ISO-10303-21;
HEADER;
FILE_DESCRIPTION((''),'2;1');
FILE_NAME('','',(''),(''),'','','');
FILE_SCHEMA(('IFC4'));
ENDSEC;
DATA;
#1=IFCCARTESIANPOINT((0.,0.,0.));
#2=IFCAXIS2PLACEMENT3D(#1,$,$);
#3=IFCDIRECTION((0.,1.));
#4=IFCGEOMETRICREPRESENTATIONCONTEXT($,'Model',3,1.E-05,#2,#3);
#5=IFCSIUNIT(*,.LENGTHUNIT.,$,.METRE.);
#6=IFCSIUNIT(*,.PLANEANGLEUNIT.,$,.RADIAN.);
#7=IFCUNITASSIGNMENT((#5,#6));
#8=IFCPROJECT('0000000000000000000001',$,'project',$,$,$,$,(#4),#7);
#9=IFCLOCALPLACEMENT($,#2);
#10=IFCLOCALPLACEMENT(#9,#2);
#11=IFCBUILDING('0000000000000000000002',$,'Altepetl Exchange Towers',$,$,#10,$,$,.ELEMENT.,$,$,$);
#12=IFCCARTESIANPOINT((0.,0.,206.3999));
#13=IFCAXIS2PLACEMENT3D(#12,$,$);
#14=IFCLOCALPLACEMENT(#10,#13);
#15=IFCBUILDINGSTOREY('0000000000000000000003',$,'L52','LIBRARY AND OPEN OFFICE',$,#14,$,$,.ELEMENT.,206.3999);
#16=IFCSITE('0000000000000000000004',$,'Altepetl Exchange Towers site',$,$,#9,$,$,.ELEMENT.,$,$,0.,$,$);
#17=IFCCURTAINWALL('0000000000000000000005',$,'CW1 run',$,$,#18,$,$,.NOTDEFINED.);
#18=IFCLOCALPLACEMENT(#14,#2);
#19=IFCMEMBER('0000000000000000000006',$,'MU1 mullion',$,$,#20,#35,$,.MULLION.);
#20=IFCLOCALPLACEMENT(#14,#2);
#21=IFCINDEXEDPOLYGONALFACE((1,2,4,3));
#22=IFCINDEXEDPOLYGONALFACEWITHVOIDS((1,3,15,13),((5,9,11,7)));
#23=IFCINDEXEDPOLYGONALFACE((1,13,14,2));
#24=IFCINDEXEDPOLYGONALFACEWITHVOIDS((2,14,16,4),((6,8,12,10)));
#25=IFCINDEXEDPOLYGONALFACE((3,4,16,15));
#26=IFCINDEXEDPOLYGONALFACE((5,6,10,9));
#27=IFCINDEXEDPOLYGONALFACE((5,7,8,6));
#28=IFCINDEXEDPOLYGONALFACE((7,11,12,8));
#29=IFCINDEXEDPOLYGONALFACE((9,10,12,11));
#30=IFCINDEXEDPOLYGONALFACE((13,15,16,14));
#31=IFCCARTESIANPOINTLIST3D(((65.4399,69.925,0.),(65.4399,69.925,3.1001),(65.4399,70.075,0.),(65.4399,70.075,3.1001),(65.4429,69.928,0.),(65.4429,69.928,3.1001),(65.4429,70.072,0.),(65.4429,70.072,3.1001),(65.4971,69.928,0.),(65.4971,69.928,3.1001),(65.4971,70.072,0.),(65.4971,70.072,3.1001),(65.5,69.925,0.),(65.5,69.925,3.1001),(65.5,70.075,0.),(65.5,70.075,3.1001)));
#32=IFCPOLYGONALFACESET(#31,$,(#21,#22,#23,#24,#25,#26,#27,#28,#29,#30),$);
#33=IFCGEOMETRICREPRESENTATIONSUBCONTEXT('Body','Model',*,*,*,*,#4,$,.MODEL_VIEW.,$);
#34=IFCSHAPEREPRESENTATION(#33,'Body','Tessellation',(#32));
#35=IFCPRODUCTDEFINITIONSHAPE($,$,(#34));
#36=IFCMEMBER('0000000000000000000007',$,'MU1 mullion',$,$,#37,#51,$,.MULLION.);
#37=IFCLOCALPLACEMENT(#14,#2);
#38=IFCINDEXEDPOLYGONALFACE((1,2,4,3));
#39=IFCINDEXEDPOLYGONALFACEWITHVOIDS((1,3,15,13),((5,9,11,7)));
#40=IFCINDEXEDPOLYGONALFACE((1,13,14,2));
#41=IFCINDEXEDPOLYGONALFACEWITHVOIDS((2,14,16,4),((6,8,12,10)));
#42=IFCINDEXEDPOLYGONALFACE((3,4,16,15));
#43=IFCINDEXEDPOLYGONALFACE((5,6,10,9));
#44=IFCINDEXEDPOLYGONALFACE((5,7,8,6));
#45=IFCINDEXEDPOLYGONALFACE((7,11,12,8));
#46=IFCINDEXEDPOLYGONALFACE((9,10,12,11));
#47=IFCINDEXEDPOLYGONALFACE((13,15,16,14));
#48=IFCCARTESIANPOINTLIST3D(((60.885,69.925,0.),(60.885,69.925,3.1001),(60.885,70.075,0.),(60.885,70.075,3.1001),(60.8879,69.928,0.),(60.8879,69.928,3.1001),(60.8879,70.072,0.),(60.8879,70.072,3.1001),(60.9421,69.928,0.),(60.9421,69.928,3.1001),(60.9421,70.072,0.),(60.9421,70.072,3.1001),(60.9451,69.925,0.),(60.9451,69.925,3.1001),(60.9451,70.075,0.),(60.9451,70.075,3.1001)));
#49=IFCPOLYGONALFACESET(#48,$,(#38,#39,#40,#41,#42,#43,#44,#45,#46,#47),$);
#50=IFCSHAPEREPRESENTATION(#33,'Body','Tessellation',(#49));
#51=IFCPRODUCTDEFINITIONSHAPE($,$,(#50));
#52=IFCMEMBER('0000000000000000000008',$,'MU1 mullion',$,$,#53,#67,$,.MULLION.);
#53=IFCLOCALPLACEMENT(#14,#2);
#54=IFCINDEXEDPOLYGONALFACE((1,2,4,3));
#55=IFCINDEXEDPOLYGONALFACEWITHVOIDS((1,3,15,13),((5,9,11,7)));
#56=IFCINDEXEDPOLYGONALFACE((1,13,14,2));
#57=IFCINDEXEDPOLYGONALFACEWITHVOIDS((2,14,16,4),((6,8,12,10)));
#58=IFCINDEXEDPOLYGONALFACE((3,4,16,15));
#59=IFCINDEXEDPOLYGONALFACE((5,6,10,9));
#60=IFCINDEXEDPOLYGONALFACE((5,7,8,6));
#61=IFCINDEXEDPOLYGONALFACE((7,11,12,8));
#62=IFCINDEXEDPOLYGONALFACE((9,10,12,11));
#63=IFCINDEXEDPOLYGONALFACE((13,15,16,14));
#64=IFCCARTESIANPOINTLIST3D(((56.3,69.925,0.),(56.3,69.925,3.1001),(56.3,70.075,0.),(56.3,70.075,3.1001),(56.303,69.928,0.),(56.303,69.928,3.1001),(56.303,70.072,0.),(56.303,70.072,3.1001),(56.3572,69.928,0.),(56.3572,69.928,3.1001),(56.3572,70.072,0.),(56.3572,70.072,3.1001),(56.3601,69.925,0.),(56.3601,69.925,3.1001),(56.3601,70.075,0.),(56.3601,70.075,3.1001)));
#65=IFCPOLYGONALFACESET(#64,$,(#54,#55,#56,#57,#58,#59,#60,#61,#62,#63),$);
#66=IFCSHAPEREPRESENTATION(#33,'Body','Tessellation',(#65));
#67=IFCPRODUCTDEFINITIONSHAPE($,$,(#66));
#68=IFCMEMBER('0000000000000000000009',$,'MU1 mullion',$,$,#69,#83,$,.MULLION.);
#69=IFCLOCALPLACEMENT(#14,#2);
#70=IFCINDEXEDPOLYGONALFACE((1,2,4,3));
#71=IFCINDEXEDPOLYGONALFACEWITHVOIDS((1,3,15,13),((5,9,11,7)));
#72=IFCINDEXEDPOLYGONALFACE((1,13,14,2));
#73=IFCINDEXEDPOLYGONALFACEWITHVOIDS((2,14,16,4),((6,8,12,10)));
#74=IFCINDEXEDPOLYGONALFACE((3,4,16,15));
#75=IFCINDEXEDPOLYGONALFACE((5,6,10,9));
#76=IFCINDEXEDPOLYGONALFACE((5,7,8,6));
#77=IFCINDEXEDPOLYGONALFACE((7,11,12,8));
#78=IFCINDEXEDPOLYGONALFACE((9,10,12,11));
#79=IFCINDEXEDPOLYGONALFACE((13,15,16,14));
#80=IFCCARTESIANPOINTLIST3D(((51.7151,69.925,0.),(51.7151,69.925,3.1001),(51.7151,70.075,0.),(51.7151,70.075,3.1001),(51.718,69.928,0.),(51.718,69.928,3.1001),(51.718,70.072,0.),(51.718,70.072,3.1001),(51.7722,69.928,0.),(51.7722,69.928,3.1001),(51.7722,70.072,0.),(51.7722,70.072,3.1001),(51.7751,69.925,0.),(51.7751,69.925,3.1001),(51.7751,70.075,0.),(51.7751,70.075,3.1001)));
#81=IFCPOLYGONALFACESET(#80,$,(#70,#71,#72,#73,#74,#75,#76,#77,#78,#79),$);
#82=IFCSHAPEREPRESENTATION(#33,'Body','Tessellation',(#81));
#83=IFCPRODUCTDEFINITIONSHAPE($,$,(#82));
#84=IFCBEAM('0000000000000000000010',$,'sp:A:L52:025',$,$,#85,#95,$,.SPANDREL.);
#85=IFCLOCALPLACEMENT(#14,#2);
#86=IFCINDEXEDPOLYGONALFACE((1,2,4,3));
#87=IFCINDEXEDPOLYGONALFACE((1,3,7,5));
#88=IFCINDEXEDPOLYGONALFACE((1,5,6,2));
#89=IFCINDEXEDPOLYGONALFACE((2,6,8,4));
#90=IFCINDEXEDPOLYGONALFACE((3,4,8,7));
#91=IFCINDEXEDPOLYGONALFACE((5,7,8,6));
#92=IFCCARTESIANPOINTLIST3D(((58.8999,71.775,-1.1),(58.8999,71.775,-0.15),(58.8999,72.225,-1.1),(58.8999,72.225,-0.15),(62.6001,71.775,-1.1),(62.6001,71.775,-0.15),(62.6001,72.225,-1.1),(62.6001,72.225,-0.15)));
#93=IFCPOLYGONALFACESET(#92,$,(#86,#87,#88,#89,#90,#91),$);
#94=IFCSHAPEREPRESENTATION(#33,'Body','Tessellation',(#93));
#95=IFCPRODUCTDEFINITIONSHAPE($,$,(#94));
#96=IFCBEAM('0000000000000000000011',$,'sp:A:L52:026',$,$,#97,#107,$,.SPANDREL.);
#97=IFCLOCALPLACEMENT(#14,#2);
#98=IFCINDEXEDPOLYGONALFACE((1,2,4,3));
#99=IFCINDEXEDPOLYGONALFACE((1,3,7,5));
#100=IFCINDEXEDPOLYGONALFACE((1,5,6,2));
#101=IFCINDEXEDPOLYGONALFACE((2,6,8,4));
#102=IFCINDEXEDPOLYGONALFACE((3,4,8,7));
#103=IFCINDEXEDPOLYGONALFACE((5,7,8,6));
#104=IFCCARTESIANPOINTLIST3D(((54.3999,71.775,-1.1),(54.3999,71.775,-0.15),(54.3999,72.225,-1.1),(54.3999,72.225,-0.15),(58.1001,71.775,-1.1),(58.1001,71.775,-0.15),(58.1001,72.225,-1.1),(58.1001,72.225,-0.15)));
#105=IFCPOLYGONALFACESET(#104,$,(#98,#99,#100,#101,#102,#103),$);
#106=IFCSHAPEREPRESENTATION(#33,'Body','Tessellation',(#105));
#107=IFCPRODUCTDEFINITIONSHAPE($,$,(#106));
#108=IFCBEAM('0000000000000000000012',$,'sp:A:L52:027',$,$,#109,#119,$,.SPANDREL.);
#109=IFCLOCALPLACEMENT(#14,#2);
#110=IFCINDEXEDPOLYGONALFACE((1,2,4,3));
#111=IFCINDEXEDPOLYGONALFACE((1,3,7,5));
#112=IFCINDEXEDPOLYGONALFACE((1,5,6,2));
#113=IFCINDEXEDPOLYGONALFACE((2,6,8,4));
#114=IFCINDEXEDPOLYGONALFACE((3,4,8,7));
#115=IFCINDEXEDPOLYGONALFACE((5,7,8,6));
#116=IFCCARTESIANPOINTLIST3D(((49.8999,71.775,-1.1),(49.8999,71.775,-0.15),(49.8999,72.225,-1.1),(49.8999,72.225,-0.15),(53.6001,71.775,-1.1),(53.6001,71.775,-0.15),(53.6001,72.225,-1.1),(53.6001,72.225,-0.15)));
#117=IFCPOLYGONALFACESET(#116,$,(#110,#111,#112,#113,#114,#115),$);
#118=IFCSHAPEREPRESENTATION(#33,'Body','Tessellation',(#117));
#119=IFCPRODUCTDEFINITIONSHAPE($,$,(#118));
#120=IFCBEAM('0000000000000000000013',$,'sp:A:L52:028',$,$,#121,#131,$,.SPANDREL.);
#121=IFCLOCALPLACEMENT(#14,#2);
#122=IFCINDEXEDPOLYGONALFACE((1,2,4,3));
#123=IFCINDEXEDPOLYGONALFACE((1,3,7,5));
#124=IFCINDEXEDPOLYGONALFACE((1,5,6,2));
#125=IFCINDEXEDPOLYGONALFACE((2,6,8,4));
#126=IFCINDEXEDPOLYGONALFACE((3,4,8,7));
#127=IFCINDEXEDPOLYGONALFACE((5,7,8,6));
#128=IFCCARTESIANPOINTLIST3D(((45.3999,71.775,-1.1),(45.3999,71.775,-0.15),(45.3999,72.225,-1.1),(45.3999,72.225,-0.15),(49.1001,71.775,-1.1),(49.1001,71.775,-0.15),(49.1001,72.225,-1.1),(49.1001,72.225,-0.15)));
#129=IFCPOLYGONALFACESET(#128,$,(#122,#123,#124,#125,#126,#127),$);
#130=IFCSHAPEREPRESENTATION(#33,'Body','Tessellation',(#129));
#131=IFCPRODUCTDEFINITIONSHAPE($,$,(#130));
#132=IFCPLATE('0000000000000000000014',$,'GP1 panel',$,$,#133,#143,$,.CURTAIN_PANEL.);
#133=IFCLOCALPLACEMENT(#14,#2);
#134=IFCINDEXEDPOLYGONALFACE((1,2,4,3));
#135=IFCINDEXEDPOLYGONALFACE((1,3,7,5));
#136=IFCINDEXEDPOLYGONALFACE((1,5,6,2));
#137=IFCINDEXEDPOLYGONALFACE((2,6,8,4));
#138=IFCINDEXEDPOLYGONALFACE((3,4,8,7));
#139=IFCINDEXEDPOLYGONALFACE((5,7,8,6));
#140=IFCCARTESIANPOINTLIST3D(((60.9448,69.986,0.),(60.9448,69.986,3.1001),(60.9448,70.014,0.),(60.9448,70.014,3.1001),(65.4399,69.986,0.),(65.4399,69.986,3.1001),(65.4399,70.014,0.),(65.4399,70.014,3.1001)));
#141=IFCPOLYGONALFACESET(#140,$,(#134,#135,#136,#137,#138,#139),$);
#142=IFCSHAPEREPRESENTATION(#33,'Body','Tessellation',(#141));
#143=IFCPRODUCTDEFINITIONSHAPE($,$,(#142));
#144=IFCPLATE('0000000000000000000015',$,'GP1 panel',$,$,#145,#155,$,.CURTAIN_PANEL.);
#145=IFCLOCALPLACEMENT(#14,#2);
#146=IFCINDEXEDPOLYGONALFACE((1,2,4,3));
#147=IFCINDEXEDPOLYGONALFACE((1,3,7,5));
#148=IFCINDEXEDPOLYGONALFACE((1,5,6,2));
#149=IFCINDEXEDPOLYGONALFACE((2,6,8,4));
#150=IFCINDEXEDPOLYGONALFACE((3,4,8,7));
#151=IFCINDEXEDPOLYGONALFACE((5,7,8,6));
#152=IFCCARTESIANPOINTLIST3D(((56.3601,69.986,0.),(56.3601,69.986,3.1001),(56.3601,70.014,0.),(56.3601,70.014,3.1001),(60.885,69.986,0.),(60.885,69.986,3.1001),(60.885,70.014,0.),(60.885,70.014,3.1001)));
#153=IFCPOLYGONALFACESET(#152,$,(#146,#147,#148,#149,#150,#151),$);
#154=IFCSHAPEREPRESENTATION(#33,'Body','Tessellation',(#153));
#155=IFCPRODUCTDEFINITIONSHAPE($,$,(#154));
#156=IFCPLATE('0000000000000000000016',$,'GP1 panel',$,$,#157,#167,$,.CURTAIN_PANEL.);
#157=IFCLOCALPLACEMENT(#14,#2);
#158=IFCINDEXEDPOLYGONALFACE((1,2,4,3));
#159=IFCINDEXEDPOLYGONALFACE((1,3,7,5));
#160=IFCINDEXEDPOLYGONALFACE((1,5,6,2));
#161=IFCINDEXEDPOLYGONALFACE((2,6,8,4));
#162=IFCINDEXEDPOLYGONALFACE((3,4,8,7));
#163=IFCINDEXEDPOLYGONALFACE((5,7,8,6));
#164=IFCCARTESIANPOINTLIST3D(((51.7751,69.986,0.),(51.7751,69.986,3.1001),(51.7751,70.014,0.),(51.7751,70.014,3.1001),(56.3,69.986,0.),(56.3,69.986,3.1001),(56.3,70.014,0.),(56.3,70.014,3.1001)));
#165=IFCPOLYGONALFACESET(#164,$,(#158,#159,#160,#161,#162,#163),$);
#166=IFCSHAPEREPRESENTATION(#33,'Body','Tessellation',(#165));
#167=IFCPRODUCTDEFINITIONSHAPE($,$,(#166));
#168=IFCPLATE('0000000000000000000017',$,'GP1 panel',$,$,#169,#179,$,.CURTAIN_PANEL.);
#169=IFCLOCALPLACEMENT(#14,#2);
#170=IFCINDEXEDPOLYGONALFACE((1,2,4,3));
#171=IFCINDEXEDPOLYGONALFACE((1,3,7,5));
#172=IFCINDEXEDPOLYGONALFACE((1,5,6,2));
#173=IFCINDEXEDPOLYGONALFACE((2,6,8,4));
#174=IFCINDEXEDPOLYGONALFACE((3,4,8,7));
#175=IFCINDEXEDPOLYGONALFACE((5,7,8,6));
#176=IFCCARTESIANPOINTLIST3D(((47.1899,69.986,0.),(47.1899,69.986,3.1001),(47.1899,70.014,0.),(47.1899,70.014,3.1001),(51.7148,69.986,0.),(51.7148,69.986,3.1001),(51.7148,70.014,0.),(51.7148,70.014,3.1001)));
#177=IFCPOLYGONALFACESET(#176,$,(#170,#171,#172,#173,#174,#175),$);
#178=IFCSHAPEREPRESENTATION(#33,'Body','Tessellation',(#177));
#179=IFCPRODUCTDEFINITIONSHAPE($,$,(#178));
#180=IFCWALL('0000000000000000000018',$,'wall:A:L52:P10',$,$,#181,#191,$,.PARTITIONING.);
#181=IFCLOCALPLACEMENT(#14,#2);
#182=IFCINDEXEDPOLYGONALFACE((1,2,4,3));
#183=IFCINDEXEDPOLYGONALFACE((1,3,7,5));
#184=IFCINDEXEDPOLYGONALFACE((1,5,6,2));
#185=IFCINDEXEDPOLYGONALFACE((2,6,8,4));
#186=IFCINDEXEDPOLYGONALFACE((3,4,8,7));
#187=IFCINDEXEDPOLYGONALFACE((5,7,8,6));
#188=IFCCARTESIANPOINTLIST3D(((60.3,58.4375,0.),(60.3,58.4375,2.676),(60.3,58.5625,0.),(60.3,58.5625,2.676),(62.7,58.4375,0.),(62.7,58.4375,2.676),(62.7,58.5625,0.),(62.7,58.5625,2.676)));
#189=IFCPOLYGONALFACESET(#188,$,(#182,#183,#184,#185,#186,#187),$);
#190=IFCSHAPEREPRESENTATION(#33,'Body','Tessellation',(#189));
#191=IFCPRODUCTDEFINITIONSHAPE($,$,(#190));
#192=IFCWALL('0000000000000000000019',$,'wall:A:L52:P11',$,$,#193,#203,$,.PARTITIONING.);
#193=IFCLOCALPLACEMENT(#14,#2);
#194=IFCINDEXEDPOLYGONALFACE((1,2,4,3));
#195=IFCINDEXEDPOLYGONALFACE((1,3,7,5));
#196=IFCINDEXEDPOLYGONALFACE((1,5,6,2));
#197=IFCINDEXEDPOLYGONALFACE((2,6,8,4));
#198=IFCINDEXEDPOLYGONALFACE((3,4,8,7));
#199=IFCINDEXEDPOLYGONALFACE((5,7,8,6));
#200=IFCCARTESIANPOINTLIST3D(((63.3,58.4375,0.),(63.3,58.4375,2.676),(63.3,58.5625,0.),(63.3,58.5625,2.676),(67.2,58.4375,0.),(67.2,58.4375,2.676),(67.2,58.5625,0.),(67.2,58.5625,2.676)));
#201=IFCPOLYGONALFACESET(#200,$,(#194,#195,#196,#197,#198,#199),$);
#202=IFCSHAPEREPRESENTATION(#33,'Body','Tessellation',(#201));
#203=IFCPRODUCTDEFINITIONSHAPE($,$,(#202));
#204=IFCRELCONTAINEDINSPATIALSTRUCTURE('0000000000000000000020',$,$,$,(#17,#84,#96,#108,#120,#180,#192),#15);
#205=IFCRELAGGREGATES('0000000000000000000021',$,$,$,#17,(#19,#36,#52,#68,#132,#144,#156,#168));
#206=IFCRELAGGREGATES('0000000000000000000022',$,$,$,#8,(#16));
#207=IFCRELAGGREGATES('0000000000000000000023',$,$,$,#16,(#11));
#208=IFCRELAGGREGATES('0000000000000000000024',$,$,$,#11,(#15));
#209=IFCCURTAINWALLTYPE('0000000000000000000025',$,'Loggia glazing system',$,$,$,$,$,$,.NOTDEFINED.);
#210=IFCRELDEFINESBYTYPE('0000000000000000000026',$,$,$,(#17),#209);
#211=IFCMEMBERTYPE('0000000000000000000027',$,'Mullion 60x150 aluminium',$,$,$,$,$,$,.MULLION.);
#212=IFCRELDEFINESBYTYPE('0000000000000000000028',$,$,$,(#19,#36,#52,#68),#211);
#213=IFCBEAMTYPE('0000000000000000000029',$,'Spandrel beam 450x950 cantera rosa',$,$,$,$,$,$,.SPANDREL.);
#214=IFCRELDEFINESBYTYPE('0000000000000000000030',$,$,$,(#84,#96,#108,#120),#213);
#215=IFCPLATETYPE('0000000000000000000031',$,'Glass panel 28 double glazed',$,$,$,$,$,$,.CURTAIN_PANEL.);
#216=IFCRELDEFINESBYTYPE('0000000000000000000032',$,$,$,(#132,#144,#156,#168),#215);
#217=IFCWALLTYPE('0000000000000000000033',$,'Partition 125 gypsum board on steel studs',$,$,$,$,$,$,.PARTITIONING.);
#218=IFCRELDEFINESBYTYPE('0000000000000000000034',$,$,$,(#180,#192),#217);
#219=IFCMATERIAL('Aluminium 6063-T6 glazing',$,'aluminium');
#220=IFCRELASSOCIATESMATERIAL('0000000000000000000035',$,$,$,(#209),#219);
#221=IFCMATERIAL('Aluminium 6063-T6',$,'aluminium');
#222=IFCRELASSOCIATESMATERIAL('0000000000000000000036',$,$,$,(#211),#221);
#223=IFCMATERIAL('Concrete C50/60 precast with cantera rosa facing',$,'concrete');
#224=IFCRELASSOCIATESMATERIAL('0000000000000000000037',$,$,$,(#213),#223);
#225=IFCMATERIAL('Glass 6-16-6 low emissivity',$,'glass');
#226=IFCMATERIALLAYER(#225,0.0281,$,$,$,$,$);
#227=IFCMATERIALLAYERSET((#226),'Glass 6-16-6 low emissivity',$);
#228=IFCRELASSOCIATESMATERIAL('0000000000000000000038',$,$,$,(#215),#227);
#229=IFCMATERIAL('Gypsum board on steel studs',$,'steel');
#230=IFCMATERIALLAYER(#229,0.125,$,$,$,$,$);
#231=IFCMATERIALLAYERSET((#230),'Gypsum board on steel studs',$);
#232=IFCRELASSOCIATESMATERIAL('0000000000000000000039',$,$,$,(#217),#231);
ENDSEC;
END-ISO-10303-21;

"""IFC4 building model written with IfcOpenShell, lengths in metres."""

from ifc_helpers import new_model, si_unit, direction, frame, frame_2d, origin, origin_2d, place, context, subcontext, project, spatial, rectangle, hollow_rectangle, extrude, material, layer, layer_set, material_profile, profile_set, type_object, element, aggregate, save


model = new_model("IFC4")

# Units and contexts
model_context = context("Model", 3, precision=1e-05, world=origin(), true_north=direction((0.0, 1.0)))
body_context = subcontext(model_context, "Body", "Model", "MODEL_VIEW")
ifc_project = project(units=[si_unit("LENGTHUNIT", "METRE"), si_unit("PLANEANGLEUNIT", "RADIAN")], contexts=[model_context])

# Site, building, storey
site_placement = place(None, origin())
site = spatial("IfcSite", under=ifc_project, at=site_placement, Name="Altepetl Exchange Towers site", CompositionType="ELEMENT", RefElevation=0.0)
building_placement = place(site_placement, origin())
building = spatial("IfcBuilding", under=site, at=building_placement, Name="Altepetl Exchange Towers", CompositionType="ELEMENT")
storey_placement = place(building_placement, frame((0.0, 0.0, 206.3999)))
storey = spatial("IfcBuildingStorey", under=building, at=storey_placement, Name="L52", Description="LIBRARY AND OPEN OFFICE", CompositionType="ELEMENT", Elevation=206.3999)

# Shared definitions
ifc_material_1 = material(Name="Aluminium 6063-T6 glazing", Category="aluminium")
curtain_wall_type = type_object("IfcCurtainWallType", Name="Loggia glazing system", PredefinedType="NOTDEFINED", material=ifc_material_1)
ifc_material_2 = material(Name="Aluminium 6063-T6", Category="aluminium")
ifc_material_profile_1 = material_profile(ifc_material_2, hollow_rectangle(XDim=0.0601, YDim=0.1499, WallThickness=0.0029, at=origin_2d()), Name="Mullion 60x150 aluminium")
ifc_profile_set_1 = profile_set([ifc_material_profile_1], Name="Aluminium 6063-T6")
member_type = type_object("IfcMemberType", Name="Mullion 60x150 aluminium", PredefinedType="MULLION", material=ifc_profile_set_1)

# Curtain wall, members
curtain_wall_1_placement = place(storey_placement, origin())
curtain_wall_1 = element("IfcCurtainWall", 1, at=curtain_wall_1_placement, inside=storey, type_object=curtain_wall_type, Name="CW1 run", PredefinedType="NOTDEFINED")
member_1_placement = place(storey_placement, frame((65.47, 70.0, 0.0), z_axis=(0.0, 0.0, 1.0), x_axis=(-1.0, 0.0, 0.0)))
member_1 = element("IfcMember", 2, at=member_1_placement, type_object=member_type, Name="MU1 mullion", PredefinedType="MULLION", context=body_context, shape_type="SweptSolid", body=[
    extrude(hollow_rectangle(XDim=0.0601, YDim=0.1499, WallThickness=0.0029, at=origin_2d()), origin(), (0.0, 0.0, 1.0), 3.1001),
])
member_2_placement = place(storey_placement, frame((60.915, 70.0, 0.0), z_axis=(0.0, 0.0, 1.0), x_axis=(-1.0, 0.0, 0.0)))
member_2 = element("IfcMember", 3, at=member_2_placement, type_object=member_type, Name="MU1 mullion", PredefinedType="MULLION", context=body_context, shape_type="SweptSolid", body=[
    extrude(hollow_rectangle(XDim=0.0601, YDim=0.1499, WallThickness=0.0029, at=origin_2d()), origin(), (0.0, 0.0, 1.0), 3.1001),
])
member_3_placement = place(storey_placement, frame((56.3301, 70.0, 0.0), z_axis=(0.0, 0.0, 1.0), x_axis=(-1.0, 0.0, 0.0)))
member_3 = element("IfcMember", 4, at=member_3_placement, type_object=member_type, Name="MU1 mullion", PredefinedType="MULLION", context=body_context, shape_type="SweptSolid", body=[
    extrude(hollow_rectangle(XDim=0.0601, YDim=0.1499, WallThickness=0.0029, at=origin_2d()), origin(), (0.0, 0.0, 1.0), 3.1001),
])
member_4_placement = place(storey_placement, frame((51.7451, 70.0, 0.0), z_axis=(0.0, 0.0, 1.0), x_axis=(-1.0, 0.0, 0.0)))
member_4 = element("IfcMember", 5, at=member_4_placement, type_object=member_type, Name="MU1 mullion", PredefinedType="MULLION", context=body_context, shape_type="SweptSolid", body=[
    extrude(hollow_rectangle(XDim=0.0601, YDim=0.1499, WallThickness=0.0029, at=origin_2d()), origin(), (0.0, 0.0, 1.0), 3.1001),
])

# Beams
ifc_material_3 = material(Name="Concrete C50/60 precast with cantera rosa facing", Category="concrete")
ifc_material_profile_2 = material_profile(ifc_material_3, rectangle(XDim=0.45, YDim=0.95, at=origin_2d()), Name="450 x 950")
ifc_profile_set_2 = profile_set([ifc_material_profile_2], Name="Concrete C50/60 precast with cantera rosa facing")
beam_type_1 = type_object("IfcBeamType", Name="Spandrel beam 450x950 cantera rosa", PredefinedType="SPANDREL", material=ifc_profile_set_2)
for number, where, z_axis, x_axis, name in (
    (6, (62.6001, 72.0, -0.625), (-1.0, 0.0, 0.0), (0.0, -1.0, 0.0), "sp:A:L52:025"),
    (7, (58.1001, 72.0, -0.625), (-1.0, 0.0, 0.0), (0.0, -1.0, 0.0), "sp:A:L52:026"),
    (8, (53.6001, 72.0, -0.625), (-1.0, 0.0, 0.0), (0.0, -1.0, 0.0), "sp:A:L52:027"),
    (9, (49.1001, 72.0, -0.625), (-1.0, 0.0, 0.0), (0.0, -1.0, 0.0), "sp:A:L52:028"),
):
    element("IfcBeam", number, at=place(storey_placement, frame(where, z_axis=z_axis, x_axis=x_axis)), inside=storey, type_object=beam_type_1, Name=name, PredefinedType="SPANDREL", context=body_context, shape_type="SweptSolid", body=[
        extrude(rectangle(XDim=0.45, YDim=0.95, at=origin_2d()), origin(), (0.0, 0.0, 1.0), 3.7002),
    ])

# Plates
ifc_material_4 = material(Name="Glass 6-16-6 low emissivity", Category="glass")
ifc_layer_1 = layer(ifc_material_4, 0.0281)
ifc_layer_set_1 = layer_set([ifc_layer_1], Name="Glass 6-16-6 low emissivity")
plate_type = type_object("IfcPlateType", Name="Glass panel 28 double glazed", PredefinedType="CURTAIN_PANEL", material=ifc_layer_set_1)
plate_1_placement = place(storey_placement, frame((63.1924, 70.0, 0.0), z_axis=(0.0, 0.0, 1.0), x_axis=(-1.0, 0.0, 0.0)))
plate_1 = element("IfcPlate", 10, at=plate_1_placement, type_object=plate_type, Name="GP1 panel", PredefinedType="CURTAIN_PANEL", context=body_context, shape_type="SweptSolid", body=[
    extrude(rectangle(XDim=4.4951, YDim=0.0281, at=origin_2d()), origin(), (0.0, 0.0, 1.0), 3.1001),
])
plate_2_placement = place(storey_placement, frame((58.6226, 70.0, 0.0), z_axis=(0.0, 0.0, 1.0), x_axis=(-1.0, 0.0, 0.0)))
plate_2 = element("IfcPlate", 11, at=plate_2_placement, type_object=plate_type, Name="GP1 panel", PredefinedType="CURTAIN_PANEL", context=body_context, shape_type="SweptSolid", body=[
    extrude(rectangle(XDim=4.5249, YDim=0.0281, at=origin_2d()), origin(), (0.0, 0.0, 1.0), 3.1001),
])
plate_3_placement = place(storey_placement, frame((54.0376, 70.0, 0.0), z_axis=(0.0, 0.0, 1.0), x_axis=(-1.0, 0.0, 0.0)))
plate_3 = element("IfcPlate", 12, at=plate_3_placement, type_object=plate_type, Name="GP1 panel", PredefinedType="CURTAIN_PANEL", context=body_context, shape_type="SweptSolid", body=[
    extrude(rectangle(XDim=4.5249, YDim=0.0281, at=origin_2d()), origin(), (0.0, 0.0, 1.0), 3.1001),
])
plate_4_placement = place(storey_placement, frame((49.4524, 70.0, 0.0), z_axis=(0.0, 0.0, 1.0), x_axis=(-1.0, 0.0, 0.0)))
plate_4 = element("IfcPlate", 13, at=plate_4_placement, type_object=plate_type, Name="GP1 panel", PredefinedType="CURTAIN_PANEL", context=body_context, shape_type="SweptSolid", body=[
    extrude(rectangle(XDim=4.5249, YDim=0.0281, at=origin_2d()), origin(), (0.0, 0.0, 1.0), 3.1001),
])
aggregate(curtain_wall_1, [member_1, member_2, member_3, member_4, plate_1, plate_2, plate_3, plate_4])

# Walls
ifc_material_5 = material(Name="Gypsum board on steel studs", Category="steel")
ifc_layer_2 = layer(ifc_material_5, 0.125)
ifc_layer_set_2 = layer_set([ifc_layer_2], Name="Gypsum board on steel studs")
wall_type = type_object("IfcWallType", Name="Partition 125 gypsum board on steel studs", PredefinedType="PARTITIONING", material=ifc_layer_set_2)
wall_1_placement = place(storey_placement, frame((60.3, 58.5, 0.0)))
element("IfcWall", 14, at=wall_1_placement, inside=storey, type_object=wall_type, Name="wall:A:L52:P10", PredefinedType="PARTITIONING", context=body_context, shape_type="SweptSolid", body=[
    extrude(rectangle(XDim=2.3999, YDim=0.125, at=frame_2d((1.2, 0.0))), origin(), (0.0, 0.0, 1.0), 2.676),
])
wall_2_placement = place(storey_placement, frame((63.3, 58.5, 0.0)))
element("IfcWall", 15, at=wall_2_placement, inside=storey, type_object=wall_type, Name="wall:A:L52:P11", PredefinedType="PARTITIONING", context=body_context, shape_type="SweptSolid", body=[
    extrude(rectangle(XDim=3.8999, YDim=0.125, at=frame_2d((1.95, 0.0))), origin(), (0.0, 0.0, 1.0), 2.676),
])

save(model, "model.ifc")
